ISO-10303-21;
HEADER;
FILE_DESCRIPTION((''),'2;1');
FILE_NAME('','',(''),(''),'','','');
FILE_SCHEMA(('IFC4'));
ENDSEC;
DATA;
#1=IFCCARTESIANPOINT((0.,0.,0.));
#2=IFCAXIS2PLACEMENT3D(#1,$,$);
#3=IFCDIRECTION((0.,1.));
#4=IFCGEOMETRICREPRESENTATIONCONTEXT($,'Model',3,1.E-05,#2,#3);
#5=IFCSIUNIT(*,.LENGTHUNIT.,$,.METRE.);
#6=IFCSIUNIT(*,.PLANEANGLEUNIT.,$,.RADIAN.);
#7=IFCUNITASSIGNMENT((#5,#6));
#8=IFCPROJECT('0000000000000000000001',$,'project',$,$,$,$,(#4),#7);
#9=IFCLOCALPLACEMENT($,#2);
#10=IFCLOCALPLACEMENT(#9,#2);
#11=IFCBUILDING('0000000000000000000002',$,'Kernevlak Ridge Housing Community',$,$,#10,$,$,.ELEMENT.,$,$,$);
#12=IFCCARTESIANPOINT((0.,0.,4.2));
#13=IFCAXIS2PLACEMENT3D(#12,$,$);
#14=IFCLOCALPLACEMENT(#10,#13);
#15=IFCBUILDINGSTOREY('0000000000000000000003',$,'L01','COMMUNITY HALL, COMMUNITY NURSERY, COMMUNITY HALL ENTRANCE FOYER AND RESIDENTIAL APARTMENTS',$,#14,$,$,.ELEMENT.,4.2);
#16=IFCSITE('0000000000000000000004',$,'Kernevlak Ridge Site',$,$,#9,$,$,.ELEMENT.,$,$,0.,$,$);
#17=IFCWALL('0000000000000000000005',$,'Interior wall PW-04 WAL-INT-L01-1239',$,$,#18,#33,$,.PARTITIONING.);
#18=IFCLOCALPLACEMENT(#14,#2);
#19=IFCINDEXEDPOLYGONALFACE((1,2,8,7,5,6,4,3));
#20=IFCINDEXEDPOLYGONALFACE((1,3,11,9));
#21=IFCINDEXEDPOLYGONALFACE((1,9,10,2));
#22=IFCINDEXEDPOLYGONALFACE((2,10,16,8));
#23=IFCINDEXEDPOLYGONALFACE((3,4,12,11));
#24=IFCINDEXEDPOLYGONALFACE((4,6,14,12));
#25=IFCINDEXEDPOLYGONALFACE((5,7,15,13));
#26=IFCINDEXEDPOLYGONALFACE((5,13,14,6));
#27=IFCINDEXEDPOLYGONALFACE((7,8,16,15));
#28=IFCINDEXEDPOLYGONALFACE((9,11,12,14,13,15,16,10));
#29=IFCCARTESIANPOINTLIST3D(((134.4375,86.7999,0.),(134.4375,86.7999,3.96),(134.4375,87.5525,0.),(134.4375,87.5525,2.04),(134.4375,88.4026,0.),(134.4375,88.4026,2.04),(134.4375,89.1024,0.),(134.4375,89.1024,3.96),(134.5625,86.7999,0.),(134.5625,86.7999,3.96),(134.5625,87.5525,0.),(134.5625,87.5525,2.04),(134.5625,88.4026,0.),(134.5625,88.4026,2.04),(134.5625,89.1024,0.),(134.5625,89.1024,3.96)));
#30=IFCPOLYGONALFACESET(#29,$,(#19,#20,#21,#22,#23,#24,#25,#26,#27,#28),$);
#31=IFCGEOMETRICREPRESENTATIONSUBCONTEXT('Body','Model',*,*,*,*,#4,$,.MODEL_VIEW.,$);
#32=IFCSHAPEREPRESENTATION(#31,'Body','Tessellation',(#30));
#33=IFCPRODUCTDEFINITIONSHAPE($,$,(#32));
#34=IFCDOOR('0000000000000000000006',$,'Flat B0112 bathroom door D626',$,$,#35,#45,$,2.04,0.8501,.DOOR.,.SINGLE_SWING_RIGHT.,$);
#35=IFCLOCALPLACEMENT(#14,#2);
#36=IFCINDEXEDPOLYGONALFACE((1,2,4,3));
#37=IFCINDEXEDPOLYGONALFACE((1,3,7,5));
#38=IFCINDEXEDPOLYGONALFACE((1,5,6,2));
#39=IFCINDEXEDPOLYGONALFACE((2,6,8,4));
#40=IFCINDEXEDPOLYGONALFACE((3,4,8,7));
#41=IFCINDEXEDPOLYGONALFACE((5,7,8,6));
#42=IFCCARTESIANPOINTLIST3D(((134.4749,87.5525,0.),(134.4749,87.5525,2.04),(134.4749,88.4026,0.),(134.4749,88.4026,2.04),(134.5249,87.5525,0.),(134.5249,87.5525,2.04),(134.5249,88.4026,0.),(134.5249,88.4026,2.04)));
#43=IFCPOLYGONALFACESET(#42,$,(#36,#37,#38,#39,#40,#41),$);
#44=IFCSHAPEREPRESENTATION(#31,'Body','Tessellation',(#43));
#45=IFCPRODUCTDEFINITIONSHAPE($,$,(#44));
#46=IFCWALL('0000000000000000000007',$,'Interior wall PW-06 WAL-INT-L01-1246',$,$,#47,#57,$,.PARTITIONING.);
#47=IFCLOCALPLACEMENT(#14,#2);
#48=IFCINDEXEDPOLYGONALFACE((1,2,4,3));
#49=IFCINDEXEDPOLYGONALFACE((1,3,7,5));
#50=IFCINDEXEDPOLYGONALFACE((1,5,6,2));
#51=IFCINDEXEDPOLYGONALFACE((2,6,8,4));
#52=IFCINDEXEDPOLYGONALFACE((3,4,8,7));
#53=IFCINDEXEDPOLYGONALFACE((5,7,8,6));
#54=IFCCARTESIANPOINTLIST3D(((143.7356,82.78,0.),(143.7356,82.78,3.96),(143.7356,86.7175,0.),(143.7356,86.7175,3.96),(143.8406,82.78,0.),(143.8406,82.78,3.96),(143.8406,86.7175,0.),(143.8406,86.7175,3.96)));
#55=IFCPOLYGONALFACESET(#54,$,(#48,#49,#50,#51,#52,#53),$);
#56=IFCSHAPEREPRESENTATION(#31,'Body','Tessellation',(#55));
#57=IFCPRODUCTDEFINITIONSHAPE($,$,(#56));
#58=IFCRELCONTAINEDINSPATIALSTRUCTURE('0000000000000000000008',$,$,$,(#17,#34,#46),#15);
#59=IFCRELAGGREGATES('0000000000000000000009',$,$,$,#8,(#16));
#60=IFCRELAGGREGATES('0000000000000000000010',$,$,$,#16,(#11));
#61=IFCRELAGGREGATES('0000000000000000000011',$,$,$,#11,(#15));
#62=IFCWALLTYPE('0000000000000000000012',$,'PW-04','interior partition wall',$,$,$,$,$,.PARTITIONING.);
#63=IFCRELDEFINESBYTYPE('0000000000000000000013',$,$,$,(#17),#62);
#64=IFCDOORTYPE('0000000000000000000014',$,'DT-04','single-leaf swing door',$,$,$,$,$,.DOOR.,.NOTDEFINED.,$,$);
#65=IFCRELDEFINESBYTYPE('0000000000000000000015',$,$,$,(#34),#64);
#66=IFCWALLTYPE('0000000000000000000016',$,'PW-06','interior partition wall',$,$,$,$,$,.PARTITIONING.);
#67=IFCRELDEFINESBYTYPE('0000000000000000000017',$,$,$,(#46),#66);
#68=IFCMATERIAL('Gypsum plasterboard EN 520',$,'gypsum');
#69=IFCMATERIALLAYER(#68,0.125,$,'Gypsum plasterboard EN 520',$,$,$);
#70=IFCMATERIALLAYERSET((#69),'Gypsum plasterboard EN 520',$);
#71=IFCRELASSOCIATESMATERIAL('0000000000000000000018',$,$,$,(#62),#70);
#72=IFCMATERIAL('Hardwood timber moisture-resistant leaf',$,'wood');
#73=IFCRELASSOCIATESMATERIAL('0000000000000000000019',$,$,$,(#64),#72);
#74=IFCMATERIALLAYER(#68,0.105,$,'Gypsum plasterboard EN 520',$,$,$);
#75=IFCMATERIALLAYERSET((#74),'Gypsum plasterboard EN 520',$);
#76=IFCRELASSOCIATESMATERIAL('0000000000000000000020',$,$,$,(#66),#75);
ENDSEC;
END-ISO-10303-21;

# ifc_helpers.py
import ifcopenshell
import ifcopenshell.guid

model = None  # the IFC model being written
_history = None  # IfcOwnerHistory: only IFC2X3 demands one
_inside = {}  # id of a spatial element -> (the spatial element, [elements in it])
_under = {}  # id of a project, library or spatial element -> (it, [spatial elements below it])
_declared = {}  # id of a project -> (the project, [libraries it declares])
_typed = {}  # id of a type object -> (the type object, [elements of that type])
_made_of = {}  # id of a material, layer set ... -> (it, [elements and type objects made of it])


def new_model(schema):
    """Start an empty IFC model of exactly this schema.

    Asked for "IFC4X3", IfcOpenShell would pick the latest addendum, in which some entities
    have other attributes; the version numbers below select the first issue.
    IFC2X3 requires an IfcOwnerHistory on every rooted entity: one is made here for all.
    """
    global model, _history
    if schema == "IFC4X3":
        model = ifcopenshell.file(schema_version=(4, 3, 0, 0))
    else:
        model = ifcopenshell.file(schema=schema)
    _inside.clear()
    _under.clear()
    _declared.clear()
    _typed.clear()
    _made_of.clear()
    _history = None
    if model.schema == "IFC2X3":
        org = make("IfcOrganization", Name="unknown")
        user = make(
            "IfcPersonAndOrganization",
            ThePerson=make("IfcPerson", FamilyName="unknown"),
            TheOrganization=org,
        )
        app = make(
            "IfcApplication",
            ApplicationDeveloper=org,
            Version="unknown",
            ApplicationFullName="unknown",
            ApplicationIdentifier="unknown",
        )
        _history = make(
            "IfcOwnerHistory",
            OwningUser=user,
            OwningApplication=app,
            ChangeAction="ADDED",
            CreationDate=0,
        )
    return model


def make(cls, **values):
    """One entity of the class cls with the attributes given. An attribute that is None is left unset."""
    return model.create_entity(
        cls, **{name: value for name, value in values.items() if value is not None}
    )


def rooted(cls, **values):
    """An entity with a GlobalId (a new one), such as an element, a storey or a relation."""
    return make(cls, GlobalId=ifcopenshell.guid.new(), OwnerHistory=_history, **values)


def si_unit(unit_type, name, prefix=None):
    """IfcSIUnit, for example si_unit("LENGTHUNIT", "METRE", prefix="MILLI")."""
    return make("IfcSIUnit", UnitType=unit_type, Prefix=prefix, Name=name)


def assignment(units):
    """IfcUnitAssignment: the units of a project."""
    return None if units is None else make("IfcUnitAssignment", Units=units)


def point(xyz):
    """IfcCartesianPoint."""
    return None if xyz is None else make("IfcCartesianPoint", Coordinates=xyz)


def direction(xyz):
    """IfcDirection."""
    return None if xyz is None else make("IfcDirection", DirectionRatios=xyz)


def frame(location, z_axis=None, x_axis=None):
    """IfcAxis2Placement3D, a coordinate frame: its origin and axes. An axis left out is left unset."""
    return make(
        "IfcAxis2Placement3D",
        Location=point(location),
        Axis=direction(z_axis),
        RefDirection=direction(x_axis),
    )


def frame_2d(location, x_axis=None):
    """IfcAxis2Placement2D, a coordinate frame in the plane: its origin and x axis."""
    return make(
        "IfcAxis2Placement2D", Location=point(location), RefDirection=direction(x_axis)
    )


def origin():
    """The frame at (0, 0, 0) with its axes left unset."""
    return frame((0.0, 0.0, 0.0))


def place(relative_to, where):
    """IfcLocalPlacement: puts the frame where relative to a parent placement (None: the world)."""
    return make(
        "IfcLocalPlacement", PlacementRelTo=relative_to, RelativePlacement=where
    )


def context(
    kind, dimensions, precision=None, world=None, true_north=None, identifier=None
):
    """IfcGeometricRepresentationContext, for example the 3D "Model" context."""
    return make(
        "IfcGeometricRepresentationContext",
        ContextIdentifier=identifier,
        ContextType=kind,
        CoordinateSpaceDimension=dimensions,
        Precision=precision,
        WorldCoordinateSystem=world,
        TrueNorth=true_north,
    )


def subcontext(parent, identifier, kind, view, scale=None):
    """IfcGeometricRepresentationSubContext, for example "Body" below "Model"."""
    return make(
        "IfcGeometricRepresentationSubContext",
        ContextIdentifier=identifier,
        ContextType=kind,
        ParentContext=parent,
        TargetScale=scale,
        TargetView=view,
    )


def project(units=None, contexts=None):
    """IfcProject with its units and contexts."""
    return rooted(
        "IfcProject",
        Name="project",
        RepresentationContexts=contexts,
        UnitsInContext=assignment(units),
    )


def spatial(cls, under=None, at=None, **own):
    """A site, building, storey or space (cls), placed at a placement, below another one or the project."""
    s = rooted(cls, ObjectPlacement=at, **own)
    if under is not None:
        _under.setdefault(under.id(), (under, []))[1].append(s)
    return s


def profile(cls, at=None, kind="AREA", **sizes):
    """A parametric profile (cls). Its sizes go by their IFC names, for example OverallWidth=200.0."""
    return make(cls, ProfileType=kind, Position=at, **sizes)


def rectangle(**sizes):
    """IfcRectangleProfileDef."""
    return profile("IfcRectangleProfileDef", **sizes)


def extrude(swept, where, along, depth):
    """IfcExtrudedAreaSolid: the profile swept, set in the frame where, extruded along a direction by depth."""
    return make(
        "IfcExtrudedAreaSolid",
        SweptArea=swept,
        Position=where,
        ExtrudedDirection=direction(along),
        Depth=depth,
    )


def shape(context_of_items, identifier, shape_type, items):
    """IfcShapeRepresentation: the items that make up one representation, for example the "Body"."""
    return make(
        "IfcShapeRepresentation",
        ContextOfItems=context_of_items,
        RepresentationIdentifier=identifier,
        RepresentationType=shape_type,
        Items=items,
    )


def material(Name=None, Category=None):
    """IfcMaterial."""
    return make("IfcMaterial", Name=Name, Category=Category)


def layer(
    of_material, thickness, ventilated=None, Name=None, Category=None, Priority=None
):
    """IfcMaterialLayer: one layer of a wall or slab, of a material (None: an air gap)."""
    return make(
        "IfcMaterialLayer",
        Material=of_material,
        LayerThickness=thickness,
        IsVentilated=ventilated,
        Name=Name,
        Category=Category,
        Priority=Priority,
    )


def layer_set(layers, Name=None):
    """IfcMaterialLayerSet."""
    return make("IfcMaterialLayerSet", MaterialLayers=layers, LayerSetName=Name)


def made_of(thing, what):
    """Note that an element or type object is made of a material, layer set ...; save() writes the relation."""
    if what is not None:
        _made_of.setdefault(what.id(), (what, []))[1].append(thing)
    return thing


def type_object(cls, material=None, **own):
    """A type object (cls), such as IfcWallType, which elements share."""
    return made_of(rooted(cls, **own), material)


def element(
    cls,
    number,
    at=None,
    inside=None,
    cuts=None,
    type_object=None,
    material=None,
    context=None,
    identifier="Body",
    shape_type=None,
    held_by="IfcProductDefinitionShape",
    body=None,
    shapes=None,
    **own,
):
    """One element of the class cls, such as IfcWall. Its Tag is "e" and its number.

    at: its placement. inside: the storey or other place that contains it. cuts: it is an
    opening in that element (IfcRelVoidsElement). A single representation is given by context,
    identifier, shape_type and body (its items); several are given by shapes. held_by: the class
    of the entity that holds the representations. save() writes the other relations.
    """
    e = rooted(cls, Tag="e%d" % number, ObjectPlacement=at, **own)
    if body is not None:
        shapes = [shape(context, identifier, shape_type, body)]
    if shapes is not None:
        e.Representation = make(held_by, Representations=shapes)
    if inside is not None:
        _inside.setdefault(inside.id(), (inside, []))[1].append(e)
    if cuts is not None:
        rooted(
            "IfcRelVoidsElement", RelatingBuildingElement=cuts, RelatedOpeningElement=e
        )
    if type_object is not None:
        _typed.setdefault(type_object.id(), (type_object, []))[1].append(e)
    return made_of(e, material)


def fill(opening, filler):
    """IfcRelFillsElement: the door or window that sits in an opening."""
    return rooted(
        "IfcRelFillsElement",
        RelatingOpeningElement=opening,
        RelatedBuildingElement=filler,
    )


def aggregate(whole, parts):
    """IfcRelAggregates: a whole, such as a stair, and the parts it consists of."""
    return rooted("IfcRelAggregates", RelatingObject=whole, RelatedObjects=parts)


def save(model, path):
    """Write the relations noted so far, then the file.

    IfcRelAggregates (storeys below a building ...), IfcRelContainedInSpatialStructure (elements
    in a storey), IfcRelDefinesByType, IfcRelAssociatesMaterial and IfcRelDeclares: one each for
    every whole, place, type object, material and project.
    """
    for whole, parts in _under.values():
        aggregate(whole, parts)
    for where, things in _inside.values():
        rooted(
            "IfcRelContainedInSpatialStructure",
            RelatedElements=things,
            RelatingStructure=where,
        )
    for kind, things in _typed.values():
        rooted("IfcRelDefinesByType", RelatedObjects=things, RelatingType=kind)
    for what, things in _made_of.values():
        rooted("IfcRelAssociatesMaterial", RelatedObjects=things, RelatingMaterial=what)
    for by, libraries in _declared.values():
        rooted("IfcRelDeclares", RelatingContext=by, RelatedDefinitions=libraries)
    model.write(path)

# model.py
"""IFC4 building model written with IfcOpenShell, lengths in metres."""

from ifc_helpers import new_model, si_unit, direction, frame, frame_2d, origin, place, context, subcontext, project, spatial, rectangle, extrude, material, layer, layer_set, type_object, element, fill, save


model = new_model("IFC4")

# Units and contexts
model_context = context("Model", 3, precision=1e-05, world=origin(), true_north=direction((0.0, 1.0)))
body_context = subcontext(model_context, "Body", "Model", "MODEL_VIEW")
ifc_project = project(units=[si_unit("LENGTHUNIT", "METRE"), si_unit("PLANEANGLEUNIT", "RADIAN")], contexts=[model_context])

# Site, building, storey
site_placement = place(None, origin())
site = spatial("IfcSite", under=ifc_project, at=site_placement, Name="Kernevlak Ridge Site", CompositionType="ELEMENT", RefElevation=0.0)
building_placement = place(site_placement, origin())
building = spatial("IfcBuilding", under=site, at=building_placement, Name="Kernevlak Ridge Housing Community", CompositionType="ELEMENT")
storey_placement = place(building_placement, frame((0.0, 0.0, 4.2)))
storey = spatial("IfcBuildingStorey", under=building, at=storey_placement, Name="L01", Description="COMMUNITY HALL, COMMUNITY NURSERY, COMMUNITY HALL ENTRANCE FOYER AND RESIDENTIAL APARTMENTS", CompositionType="ELEMENT", Elevation=4.2)

# Wall, opening, door
ifc_material_1 = material(Name="Gypsum plasterboard EN 520", Category="gypsum")
ifc_layer_1 = layer(ifc_material_1, 0.125, Name="Gypsum plasterboard EN 520")
ifc_layer_set_1 = layer_set([ifc_layer_1], Name="Gypsum plasterboard EN 520")
wall_type_1 = type_object("IfcWallType", Name="PW-04", Description="interior partition wall", PredefinedType="PARTITIONING", material=ifc_layer_set_1)
wall_1_placement = place(storey_placement, frame((134.5, 89.1025, 0.0), z_axis=(0.0, 0.0, 1.0), x_axis=(0.0, -1.0, 0.0)))
wall_1 = element("IfcWall", 1, at=wall_1_placement, inside=storey, type_object=wall_type_1, Name="Interior wall PW-04 WAL-INT-L01-1239", PredefinedType="PARTITIONING", context=body_context, shape_type="SweptSolid", body=[
    extrude(rectangle(XDim=2.3025, YDim=0.125, at=frame_2d((1.1514, 0.0))), origin(), (0.0, 0.0, 1.0), 3.96),
])
opening_1_placement = place(wall_1_placement, frame((0.7, 0.0, 0.0)))
opening_1 = element("IfcOpeningElement", 2, at=opening_1_placement, cuts=wall_1, PredefinedType="OPENING", context=body_context, shape_type="SweptSolid", body=[
    extrude(rectangle(XDim=0.8501, YDim=2.04, at=frame_2d((0.425, 1.02))), frame((0.0, 0.0725, 0.0), z_axis=(0.0, -1.0, 0.0), x_axis=(1.0, 0.0, 0.0)), (0.0, 0.0, 1.0), 0.145),
])
ifc_material_2 = material(Name="Hardwood timber moisture-resistant leaf", Category="wood")
door_type_1 = type_object("IfcDoorType", Name="DT-04", Description="single-leaf swing door", OperationType="NOTDEFINED", PredefinedType="DOOR", material=ifc_material_2)
door_1_placement = place(opening_1_placement, origin())
door_1 = element("IfcDoor", 3, at=door_1_placement, inside=storey, type_object=door_type_1, Name="Flat B0112 bathroom door D626", OperationType="SINGLE_SWING_RIGHT", OverallHeight=2.04, OverallWidth=0.8501, PredefinedType="DOOR", context=body_context, shape_type="SweptSolid", body=[
    extrude(rectangle(XDim=0.8501, YDim=2.04, at=frame_2d((0.425, 1.02))), frame((0.0, 0.0249, 0.0), z_axis=(0.0, -1.0, 0.0), x_axis=(1.0, 0.0, 0.0)), (0.0, 0.0, 1.0), 0.05),
])
fill(opening_1, door_1)

# Wall
ifc_layer_2 = layer(ifc_material_1, 0.105, Name="Gypsum plasterboard EN 520")
ifc_layer_set_2 = layer_set([ifc_layer_2], Name="Gypsum plasterboard EN 520")
wall_type_2 = type_object("IfcWallType", Name="PW-06", Description="interior partition wall", PredefinedType="PARTITIONING", material=ifc_layer_set_2)
wall_2_placement = place(storey_placement, frame((143.7881, 86.7175, 0.0), z_axis=(0.0, 0.0, 1.0), x_axis=(0.0, -1.0, 0.0)))
element("IfcWall", 4, at=wall_2_placement, inside=storey, type_object=wall_type_2, Name="Interior wall PW-06 WAL-INT-L01-1246", PredefinedType="PARTITIONING", context=body_context, shape_type="SweptSolid", body=[
    extrude(rectangle(XDim=3.9375, YDim=0.105, at=frame_2d((1.9688, 0.0))), origin(), (0.0, 0.0, 1.0), 3.96),
])

save(model, "model.ifc")
